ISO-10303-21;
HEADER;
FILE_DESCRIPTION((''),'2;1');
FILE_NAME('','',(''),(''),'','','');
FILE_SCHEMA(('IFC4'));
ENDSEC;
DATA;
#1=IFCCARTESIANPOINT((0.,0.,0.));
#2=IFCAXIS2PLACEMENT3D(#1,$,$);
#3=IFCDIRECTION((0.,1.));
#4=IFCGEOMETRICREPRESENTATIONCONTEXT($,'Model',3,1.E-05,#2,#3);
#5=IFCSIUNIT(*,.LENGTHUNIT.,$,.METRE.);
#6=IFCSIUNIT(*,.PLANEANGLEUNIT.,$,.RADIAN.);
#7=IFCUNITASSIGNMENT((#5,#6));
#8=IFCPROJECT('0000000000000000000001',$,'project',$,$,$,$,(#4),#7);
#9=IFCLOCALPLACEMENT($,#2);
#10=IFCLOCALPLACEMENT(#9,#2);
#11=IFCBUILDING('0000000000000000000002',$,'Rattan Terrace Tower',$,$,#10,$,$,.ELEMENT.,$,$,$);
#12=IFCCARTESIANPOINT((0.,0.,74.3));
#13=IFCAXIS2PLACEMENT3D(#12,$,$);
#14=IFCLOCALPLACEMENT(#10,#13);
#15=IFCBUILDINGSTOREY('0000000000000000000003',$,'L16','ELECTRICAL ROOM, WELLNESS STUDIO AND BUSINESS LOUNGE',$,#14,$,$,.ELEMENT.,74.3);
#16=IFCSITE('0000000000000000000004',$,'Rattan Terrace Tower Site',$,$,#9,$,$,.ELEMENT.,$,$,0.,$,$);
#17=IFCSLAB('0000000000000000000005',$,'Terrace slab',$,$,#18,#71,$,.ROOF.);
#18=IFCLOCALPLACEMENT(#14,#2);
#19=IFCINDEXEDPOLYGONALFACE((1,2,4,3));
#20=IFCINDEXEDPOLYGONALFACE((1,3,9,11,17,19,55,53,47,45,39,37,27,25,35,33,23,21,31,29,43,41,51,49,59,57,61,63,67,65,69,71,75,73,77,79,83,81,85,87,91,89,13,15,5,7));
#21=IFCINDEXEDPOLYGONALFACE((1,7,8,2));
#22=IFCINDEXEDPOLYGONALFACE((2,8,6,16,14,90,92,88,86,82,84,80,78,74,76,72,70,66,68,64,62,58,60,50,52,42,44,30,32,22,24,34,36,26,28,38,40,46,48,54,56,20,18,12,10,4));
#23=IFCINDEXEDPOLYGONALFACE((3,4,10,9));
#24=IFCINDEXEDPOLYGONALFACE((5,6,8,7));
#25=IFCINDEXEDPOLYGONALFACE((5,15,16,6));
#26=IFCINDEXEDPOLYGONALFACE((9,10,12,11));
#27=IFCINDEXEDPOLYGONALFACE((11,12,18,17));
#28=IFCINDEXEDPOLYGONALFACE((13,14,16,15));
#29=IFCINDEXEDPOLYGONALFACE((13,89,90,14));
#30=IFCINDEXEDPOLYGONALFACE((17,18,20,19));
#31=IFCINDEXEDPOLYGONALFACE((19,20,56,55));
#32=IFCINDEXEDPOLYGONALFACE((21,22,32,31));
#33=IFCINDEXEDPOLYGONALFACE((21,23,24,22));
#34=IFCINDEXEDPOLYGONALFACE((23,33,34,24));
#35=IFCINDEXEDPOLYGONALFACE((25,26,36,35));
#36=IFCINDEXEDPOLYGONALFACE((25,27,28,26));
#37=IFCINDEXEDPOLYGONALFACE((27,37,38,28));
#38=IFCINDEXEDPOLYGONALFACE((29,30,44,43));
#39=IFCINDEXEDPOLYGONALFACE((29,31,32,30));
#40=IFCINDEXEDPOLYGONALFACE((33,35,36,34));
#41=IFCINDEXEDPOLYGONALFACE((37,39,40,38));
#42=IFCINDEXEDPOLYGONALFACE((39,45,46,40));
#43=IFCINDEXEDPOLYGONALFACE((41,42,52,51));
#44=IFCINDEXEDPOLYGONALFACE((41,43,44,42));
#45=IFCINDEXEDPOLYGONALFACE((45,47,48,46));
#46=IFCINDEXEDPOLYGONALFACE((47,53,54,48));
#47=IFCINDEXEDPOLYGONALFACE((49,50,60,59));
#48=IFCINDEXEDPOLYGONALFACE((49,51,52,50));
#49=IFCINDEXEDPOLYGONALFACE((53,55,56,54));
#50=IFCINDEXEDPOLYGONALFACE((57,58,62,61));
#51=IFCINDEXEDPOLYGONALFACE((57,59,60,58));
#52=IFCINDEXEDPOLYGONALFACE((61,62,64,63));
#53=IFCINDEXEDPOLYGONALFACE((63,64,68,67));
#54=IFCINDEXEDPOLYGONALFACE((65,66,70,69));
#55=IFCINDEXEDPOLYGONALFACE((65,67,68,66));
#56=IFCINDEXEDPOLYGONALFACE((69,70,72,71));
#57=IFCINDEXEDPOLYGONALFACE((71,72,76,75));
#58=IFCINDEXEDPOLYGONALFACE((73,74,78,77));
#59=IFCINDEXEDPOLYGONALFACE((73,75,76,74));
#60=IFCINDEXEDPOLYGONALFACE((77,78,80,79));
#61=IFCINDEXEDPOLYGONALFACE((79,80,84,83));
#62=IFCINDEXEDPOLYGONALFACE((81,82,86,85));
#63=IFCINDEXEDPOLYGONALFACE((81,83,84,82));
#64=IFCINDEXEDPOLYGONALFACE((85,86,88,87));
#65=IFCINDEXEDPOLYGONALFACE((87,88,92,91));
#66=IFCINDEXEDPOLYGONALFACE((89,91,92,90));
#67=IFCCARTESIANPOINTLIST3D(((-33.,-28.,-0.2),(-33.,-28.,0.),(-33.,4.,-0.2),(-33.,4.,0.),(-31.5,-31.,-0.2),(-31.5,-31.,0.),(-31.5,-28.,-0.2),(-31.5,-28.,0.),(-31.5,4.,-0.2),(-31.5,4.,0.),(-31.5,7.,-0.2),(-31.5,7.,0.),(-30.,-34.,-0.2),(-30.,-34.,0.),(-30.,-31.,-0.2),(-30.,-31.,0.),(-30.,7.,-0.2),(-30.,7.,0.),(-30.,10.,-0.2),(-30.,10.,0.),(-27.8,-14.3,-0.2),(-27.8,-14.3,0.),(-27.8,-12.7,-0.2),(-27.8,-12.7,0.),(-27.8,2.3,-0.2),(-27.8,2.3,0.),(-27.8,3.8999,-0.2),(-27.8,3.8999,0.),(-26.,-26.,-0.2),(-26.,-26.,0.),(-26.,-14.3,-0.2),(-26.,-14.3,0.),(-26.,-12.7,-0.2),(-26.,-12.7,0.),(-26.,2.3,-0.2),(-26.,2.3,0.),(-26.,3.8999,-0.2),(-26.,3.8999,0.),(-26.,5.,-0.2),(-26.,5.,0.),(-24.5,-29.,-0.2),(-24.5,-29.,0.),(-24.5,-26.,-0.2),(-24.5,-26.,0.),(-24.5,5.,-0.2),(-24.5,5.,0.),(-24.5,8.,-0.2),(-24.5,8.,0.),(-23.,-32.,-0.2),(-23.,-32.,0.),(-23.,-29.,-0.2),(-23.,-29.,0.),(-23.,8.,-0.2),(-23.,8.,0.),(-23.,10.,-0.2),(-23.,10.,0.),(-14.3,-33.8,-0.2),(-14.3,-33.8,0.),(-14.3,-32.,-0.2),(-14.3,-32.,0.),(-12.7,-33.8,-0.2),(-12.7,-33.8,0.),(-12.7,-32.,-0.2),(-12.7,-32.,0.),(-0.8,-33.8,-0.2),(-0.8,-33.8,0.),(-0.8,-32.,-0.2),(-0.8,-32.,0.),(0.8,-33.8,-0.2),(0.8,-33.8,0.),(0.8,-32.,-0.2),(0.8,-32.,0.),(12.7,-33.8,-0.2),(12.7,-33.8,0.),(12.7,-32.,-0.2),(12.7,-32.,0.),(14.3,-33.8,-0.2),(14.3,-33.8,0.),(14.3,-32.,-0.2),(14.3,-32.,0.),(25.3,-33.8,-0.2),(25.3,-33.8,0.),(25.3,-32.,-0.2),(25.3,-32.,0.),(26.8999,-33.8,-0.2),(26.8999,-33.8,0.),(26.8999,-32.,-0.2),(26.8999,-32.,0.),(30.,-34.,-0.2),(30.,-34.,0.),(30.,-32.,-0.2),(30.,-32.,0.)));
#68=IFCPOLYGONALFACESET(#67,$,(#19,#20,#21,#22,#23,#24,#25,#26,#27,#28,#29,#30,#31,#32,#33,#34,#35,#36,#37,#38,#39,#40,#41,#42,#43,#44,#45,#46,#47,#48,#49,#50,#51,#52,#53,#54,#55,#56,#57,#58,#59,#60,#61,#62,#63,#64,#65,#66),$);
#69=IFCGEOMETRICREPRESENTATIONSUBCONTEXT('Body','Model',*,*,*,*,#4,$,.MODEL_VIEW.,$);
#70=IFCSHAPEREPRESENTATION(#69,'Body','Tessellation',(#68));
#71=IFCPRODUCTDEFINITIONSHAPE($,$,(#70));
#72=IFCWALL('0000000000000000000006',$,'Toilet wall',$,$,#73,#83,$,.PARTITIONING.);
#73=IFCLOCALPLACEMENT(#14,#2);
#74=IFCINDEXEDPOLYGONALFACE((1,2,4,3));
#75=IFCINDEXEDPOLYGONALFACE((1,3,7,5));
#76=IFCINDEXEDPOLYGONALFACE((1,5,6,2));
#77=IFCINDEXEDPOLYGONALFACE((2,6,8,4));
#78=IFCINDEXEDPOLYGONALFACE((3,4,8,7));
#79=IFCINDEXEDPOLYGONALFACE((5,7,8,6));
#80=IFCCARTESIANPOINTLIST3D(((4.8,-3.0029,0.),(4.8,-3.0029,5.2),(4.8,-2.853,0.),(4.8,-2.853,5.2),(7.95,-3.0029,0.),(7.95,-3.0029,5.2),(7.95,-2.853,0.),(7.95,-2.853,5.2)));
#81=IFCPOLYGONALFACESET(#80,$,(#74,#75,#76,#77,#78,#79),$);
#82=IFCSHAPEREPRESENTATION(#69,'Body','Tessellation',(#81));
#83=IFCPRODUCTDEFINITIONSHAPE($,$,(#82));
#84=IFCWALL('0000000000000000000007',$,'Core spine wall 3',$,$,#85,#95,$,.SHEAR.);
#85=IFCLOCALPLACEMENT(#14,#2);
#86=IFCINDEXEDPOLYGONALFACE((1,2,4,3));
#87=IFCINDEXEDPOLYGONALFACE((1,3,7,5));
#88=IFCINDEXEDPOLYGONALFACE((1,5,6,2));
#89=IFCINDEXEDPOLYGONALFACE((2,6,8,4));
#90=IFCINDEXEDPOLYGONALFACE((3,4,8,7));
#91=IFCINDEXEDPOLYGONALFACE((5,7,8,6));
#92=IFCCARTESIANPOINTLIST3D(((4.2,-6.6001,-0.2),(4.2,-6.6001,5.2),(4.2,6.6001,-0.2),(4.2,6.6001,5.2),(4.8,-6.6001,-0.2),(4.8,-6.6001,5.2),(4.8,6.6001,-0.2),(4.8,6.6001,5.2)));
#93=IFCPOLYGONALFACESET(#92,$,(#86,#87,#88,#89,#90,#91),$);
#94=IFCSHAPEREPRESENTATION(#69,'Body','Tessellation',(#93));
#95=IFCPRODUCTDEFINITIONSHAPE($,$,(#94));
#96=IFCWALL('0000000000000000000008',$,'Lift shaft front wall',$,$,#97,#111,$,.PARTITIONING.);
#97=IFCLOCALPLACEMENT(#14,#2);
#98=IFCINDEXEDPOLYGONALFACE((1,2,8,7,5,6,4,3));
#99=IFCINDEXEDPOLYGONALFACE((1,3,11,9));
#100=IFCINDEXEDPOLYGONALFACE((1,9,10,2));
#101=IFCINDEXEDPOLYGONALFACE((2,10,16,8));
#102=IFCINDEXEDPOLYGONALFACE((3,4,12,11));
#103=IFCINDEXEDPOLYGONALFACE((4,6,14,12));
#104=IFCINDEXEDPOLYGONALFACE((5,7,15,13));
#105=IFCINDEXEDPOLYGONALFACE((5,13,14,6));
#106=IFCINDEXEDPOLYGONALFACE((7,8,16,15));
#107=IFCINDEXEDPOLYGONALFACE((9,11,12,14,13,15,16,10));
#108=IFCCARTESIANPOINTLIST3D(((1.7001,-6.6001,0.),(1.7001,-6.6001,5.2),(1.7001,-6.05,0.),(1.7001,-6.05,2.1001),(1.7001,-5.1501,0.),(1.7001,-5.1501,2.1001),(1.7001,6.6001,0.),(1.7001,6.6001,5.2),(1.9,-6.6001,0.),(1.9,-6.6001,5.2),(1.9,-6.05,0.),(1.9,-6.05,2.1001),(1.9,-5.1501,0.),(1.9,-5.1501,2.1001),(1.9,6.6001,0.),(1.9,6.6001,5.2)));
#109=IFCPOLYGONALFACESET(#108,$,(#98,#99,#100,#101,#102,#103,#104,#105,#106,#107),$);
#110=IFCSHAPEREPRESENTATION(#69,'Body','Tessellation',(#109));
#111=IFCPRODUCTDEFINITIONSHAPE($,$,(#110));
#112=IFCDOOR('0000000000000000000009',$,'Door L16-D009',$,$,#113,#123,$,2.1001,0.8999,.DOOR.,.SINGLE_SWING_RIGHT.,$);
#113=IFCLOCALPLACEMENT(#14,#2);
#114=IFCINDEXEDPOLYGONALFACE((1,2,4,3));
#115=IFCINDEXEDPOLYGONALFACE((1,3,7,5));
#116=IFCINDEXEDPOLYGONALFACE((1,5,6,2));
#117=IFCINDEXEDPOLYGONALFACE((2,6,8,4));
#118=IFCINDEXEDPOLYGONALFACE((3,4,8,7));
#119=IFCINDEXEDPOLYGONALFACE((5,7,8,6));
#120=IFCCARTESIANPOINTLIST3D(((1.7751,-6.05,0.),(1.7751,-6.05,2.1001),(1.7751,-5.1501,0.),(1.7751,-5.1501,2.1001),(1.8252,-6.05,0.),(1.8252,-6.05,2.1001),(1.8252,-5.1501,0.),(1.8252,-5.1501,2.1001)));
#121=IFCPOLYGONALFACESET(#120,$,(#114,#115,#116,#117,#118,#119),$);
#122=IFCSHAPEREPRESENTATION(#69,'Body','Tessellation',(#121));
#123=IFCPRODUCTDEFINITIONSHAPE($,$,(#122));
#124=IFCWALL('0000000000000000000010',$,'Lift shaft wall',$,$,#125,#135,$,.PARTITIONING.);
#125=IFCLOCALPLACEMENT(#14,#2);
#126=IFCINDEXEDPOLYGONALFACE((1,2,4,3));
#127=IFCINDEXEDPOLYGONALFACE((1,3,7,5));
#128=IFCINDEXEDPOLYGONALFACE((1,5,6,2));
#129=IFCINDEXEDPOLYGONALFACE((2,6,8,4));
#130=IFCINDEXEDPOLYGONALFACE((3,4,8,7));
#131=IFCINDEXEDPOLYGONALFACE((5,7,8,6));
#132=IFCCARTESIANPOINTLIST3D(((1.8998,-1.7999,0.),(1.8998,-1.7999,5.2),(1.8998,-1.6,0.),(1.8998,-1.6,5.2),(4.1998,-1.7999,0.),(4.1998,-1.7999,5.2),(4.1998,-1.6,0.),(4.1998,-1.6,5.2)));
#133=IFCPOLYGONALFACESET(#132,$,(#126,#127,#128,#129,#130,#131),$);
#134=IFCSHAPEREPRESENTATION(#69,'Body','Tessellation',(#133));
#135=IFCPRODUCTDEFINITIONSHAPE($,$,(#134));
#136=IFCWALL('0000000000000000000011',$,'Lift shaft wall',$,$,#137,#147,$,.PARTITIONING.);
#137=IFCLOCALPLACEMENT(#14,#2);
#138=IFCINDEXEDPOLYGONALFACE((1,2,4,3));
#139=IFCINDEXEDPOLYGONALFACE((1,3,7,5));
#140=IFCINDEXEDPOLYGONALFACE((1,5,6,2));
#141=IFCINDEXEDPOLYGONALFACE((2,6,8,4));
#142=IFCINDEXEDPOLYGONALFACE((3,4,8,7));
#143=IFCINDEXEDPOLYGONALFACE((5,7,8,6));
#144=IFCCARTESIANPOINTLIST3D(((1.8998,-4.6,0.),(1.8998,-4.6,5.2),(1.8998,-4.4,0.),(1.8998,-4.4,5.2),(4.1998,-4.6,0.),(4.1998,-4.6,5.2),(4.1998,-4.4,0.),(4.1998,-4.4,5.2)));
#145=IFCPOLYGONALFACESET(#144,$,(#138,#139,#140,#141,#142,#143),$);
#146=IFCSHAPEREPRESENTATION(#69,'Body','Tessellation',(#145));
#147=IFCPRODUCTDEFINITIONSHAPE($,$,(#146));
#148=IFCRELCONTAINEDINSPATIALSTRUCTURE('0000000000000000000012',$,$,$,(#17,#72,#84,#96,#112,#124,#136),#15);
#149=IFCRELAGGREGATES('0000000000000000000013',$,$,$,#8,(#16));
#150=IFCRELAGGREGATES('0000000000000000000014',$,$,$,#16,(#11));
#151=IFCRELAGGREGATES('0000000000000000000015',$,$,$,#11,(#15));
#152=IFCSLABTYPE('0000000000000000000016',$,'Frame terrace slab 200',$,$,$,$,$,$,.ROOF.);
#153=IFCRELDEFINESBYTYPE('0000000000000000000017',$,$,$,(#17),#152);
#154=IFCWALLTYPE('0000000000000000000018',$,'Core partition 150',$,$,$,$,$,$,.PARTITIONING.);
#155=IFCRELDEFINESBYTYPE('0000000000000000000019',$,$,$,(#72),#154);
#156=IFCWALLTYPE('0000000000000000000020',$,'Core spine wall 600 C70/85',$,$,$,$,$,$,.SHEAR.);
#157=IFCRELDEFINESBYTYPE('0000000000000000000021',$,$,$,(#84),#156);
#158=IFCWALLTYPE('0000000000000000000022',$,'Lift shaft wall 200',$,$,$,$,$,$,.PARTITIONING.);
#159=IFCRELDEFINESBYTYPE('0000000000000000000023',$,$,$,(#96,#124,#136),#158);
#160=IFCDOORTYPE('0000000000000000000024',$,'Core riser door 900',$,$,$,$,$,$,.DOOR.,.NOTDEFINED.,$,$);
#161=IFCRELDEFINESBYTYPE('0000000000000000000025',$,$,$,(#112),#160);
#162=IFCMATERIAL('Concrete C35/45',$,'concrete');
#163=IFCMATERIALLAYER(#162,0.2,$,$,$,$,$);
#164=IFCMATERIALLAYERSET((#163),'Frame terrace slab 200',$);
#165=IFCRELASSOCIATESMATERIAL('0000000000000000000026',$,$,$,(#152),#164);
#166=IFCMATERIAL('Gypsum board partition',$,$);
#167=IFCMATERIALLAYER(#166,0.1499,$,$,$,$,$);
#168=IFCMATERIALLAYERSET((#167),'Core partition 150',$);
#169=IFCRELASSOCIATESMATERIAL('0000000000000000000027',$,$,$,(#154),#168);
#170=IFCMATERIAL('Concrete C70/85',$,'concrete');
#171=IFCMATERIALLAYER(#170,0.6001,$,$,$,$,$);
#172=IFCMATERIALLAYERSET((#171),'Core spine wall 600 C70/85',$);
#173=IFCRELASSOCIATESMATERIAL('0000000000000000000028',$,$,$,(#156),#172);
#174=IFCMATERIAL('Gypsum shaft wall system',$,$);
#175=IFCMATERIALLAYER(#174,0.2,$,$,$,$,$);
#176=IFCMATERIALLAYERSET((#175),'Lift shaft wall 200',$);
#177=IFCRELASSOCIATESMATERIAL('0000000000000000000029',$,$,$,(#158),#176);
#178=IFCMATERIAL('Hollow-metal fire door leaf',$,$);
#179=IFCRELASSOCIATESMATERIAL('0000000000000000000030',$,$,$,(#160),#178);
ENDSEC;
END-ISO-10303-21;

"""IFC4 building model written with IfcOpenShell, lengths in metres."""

from ifc_helpers import new_model, si_unit, direction, frame, frame_2d, origin, place, context, subcontext, project, spatial, polyline, rectangle, outline, extrude, material, layer, layer_set, type_object, element, fill, save


model = new_model("IFC4")

# Units and contexts
model_context = context("Model", 3, precision=1e-05, world=origin(), true_north=direction((0.0, 1.0)))
body_context = subcontext(model_context, "Body", "Model", "MODEL_VIEW")
ifc_project = project(units=[si_unit("LENGTHUNIT", "METRE"), si_unit("PLANEANGLEUNIT", "RADIAN")], contexts=[model_context])

# Site, building, storey
site_placement = place(None, origin())
site = spatial("IfcSite", under=ifc_project, at=site_placement, Name="Rattan Terrace Tower Site", CompositionType="ELEMENT", RefElevation=0.0)
building_placement = place(site_placement, origin())
building = spatial("IfcBuilding", under=site, at=building_placement, Name="Rattan Terrace Tower", CompositionType="ELEMENT")
storey_placement = place(building_placement, frame((0.0, 0.0, 74.3)))
storey = spatial("IfcBuildingStorey", under=building, at=storey_placement, Name="L16", Description="ELECTRICAL ROOM, WELLNESS STUDIO AND BUSINESS LOUNGE", CompositionType="ELEMENT", Elevation=74.3)

# Slab
ifc_material_1 = material(Name="Concrete C35/45", Category="concrete")
ifc_layer_1 = layer(ifc_material_1, 0.2)
ifc_layer_set_1 = layer_set([ifc_layer_1], Name="Frame terrace slab 200")
slab_type_1 = type_object("IfcSlabType", Name="Frame terrace slab 200", PredefinedType="ROOF", material=ifc_layer_set_1)
slab_1_placement = place(storey_placement, frame((0.0, 0.0, -0.2)))
element("IfcSlab", 1, at=slab_1_placement, inside=storey, type_object=slab_type_1, Name="Terrace slab", PredefinedType="ROOF", context=body_context, shape_type="SweptSolid", body=[
    extrude(outline(polyline([(30.0, -32.0), (26.8999, -32.0), (26.8999, -33.8), (25.3, -33.8), (25.3, -32.0), (14.3, -32.0), (14.3, -33.8), (12.7, -33.8), (12.7, -32.0), (0.8, -32.0), (0.8, -33.8), (-0.8, -33.8), (-0.8, -32.0), (-12.7, -32.0), (-12.7, -33.8), (-14.3, -33.8), (-14.3, -32.0), (-23.0, -32.0), (-23.0, -29.0), (-24.5, -29.0), (-24.5, -26.0), (-26.0, -26.0), (-26.0, -14.3), (-27.8, -14.3), (-27.8, -12.7), (-26.0, -12.7), (-26.0, 2.3), (-27.8, 2.3), (-27.8, 3.8999), (-26.0, 3.8999), (-26.0, 5.0), (-24.5, 5.0), (-24.5, 8.0), (-23.0, 8.0), (-23.0, 10.0), (-30.0, 10.0), (-30.0, 7.0), (-31.5, 7.0), (-31.5, 4.0), (-33.0, 4.0), (-33.0, -28.0), (-31.5, -28.0), (-31.5, -31.0), (-30.0, -31.0), (-30.0, -34.0), (30.0, -34.0), (30.0, -32.0)])), origin(), (0.0, 0.0, 1.0), 0.2),
])

# Walls
ifc_material_2 = material(Name="Gypsum board partition")
ifc_layer_2 = layer(ifc_material_2, 0.1499)
ifc_layer_set_2 = layer_set([ifc_layer_2], Name="Core partition 150")
wall_type_1 = type_object("IfcWallType", Name="Core partition 150", PredefinedType="PARTITIONING", material=ifc_layer_set_2)
wall_1_placement = place(storey_placement, frame((4.8, -2.928, 0.0), z_axis=(0.0, 0.0, 1.0), x_axis=(1.0, 0.0, 0.0)))
element("IfcWall", 2, at=wall_1_placement, inside=storey, type_object=wall_type_1, Name="Toilet wall", PredefinedType="PARTITIONING", context=body_context, shape_type="SweptSolid", body=[
    extrude(rectangle(XDim=3.1499, YDim=0.1499, at=frame_2d((1.575, 0.0))), origin(), (0.0, 0.0, 1.0), 5.2),
])
ifc_material_3 = material(Name="Concrete C70/85", Category="concrete")
ifc_layer_3 = layer(ifc_material_3, 0.6001)
ifc_layer_set_3 = layer_set([ifc_layer_3], Name="Core spine wall 600 C70/85")
wall_type_2 = type_object("IfcWallType", Name="Core spine wall 600 C70/85", PredefinedType="SHEAR", material=ifc_layer_set_3)
wall_2_placement = place(storey_placement, frame((4.5, -6.6001, -0.2), z_axis=(0.0, 0.0, 1.0), x_axis=(0.0, 1.0, 0.0)))
element("IfcWall", 3, at=wall_2_placement, inside=storey, type_object=wall_type_2, Name="Core spine wall 3", PredefinedType="SHEAR", context=body_context, shape_type="SweptSolid", body=[
    extrude(rectangle(XDim=13.2002, YDim=0.6001, at=frame_2d((6.6001, 0.0))), origin(), (0.0, 0.0, 1.0), 5.3999),
])

# Wall, opening, door
ifc_material_4 = material(Name="Gypsum shaft wall system")
ifc_layer_4 = layer(ifc_material_4, 0.2)
ifc_layer_set_4 = layer_set([ifc_layer_4], Name="Lift shaft wall 200")
wall_type_3 = type_object("IfcWallType", Name="Lift shaft wall 200", PredefinedType="PARTITIONING", material=ifc_layer_set_4)
wall_3_placement = place(storey_placement, frame((1.8, -6.6001, 0.0), z_axis=(0.0, 0.0, 1.0), x_axis=(0.0, 1.0, 0.0)))
wall_3 = element("IfcWall", 4, at=wall_3_placement, inside=storey, type_object=wall_type_3, Name="Lift shaft front wall", PredefinedType="PARTITIONING", context=body_context, shape_type="SweptSolid", body=[
    extrude(rectangle(XDim=13.2002, YDim=0.2, at=frame_2d((6.6001, 0.0))), origin(), (0.0, 0.0, 1.0), 5.2),
])
opening_placement = place(wall_3_placement, frame((0.55, 0.0, 0.0)))
opening = element("IfcOpeningElement", 5, at=opening_placement, cuts=wall_3, PredefinedType="OPENING", context=body_context, shape_type="SweptSolid", body=[
    extrude(rectangle(XDim=0.8999, YDim=2.1001, at=frame_2d((0.45, 1.05))), frame((0.0, 0.1106, 0.0), z_axis=(0.0, -1.0, 0.0), x_axis=(1.0, 0.0, 0.0)), (0.0, 0.0, 1.0), 0.2209),
])
ifc_material_5 = material(Name="Hollow-metal fire door leaf")
door_type = type_object("IfcDoorType", Name="Core riser door 900", OperationType="NOTDEFINED", PredefinedType="DOOR", material=ifc_material_5)
door_placement = place(opening_placement, origin())
door = element("IfcDoor", 6, at=door_placement, inside=storey, type_object=door_type, Name="Door L16-D009", OperationType="SINGLE_SWING_RIGHT", OverallHeight=2.1001, OverallWidth=0.8999, PredefinedType="DOOR", context=body_context, shape_type="SweptSolid", body=[
    extrude(rectangle(XDim=0.8999, YDim=2.1001, at=frame_2d((0.45, 1.05))), frame((0.0, 0.0249, 0.0), z_axis=(0.0, -1.0, 0.0), x_axis=(1.0, 0.0, 0.0)), (0.0, 0.0, 1.0), 0.05),
])
fill(opening, door)

# Walls
for number, where, z_axis, x_axis, name in (
    (7, (1.8999, -1.7, 0.0), (0.0, 0.0, 1.0), (1.0, 0.0, 0.0), "Lift shaft wall"),
    (8, (1.8999, -4.5, 0.0), (0.0, 0.0, 1.0), (1.0, 0.0, 0.0), "Lift shaft wall"),
):
    element("IfcWall", number, at=place(storey_placement, frame(where, z_axis=z_axis, x_axis=x_axis)), inside=storey, type_object=wall_type_3, Name=name, PredefinedType="PARTITIONING", context=body_context, shape_type="SweptSolid", body=[
        extrude(rectangle(XDim=2.3, YDim=0.2, at=frame_2d((1.1499, 0.0))), origin(), (0.0, 0.0, 1.0), 5.2),
    ])

save(model, "model.ifc")
